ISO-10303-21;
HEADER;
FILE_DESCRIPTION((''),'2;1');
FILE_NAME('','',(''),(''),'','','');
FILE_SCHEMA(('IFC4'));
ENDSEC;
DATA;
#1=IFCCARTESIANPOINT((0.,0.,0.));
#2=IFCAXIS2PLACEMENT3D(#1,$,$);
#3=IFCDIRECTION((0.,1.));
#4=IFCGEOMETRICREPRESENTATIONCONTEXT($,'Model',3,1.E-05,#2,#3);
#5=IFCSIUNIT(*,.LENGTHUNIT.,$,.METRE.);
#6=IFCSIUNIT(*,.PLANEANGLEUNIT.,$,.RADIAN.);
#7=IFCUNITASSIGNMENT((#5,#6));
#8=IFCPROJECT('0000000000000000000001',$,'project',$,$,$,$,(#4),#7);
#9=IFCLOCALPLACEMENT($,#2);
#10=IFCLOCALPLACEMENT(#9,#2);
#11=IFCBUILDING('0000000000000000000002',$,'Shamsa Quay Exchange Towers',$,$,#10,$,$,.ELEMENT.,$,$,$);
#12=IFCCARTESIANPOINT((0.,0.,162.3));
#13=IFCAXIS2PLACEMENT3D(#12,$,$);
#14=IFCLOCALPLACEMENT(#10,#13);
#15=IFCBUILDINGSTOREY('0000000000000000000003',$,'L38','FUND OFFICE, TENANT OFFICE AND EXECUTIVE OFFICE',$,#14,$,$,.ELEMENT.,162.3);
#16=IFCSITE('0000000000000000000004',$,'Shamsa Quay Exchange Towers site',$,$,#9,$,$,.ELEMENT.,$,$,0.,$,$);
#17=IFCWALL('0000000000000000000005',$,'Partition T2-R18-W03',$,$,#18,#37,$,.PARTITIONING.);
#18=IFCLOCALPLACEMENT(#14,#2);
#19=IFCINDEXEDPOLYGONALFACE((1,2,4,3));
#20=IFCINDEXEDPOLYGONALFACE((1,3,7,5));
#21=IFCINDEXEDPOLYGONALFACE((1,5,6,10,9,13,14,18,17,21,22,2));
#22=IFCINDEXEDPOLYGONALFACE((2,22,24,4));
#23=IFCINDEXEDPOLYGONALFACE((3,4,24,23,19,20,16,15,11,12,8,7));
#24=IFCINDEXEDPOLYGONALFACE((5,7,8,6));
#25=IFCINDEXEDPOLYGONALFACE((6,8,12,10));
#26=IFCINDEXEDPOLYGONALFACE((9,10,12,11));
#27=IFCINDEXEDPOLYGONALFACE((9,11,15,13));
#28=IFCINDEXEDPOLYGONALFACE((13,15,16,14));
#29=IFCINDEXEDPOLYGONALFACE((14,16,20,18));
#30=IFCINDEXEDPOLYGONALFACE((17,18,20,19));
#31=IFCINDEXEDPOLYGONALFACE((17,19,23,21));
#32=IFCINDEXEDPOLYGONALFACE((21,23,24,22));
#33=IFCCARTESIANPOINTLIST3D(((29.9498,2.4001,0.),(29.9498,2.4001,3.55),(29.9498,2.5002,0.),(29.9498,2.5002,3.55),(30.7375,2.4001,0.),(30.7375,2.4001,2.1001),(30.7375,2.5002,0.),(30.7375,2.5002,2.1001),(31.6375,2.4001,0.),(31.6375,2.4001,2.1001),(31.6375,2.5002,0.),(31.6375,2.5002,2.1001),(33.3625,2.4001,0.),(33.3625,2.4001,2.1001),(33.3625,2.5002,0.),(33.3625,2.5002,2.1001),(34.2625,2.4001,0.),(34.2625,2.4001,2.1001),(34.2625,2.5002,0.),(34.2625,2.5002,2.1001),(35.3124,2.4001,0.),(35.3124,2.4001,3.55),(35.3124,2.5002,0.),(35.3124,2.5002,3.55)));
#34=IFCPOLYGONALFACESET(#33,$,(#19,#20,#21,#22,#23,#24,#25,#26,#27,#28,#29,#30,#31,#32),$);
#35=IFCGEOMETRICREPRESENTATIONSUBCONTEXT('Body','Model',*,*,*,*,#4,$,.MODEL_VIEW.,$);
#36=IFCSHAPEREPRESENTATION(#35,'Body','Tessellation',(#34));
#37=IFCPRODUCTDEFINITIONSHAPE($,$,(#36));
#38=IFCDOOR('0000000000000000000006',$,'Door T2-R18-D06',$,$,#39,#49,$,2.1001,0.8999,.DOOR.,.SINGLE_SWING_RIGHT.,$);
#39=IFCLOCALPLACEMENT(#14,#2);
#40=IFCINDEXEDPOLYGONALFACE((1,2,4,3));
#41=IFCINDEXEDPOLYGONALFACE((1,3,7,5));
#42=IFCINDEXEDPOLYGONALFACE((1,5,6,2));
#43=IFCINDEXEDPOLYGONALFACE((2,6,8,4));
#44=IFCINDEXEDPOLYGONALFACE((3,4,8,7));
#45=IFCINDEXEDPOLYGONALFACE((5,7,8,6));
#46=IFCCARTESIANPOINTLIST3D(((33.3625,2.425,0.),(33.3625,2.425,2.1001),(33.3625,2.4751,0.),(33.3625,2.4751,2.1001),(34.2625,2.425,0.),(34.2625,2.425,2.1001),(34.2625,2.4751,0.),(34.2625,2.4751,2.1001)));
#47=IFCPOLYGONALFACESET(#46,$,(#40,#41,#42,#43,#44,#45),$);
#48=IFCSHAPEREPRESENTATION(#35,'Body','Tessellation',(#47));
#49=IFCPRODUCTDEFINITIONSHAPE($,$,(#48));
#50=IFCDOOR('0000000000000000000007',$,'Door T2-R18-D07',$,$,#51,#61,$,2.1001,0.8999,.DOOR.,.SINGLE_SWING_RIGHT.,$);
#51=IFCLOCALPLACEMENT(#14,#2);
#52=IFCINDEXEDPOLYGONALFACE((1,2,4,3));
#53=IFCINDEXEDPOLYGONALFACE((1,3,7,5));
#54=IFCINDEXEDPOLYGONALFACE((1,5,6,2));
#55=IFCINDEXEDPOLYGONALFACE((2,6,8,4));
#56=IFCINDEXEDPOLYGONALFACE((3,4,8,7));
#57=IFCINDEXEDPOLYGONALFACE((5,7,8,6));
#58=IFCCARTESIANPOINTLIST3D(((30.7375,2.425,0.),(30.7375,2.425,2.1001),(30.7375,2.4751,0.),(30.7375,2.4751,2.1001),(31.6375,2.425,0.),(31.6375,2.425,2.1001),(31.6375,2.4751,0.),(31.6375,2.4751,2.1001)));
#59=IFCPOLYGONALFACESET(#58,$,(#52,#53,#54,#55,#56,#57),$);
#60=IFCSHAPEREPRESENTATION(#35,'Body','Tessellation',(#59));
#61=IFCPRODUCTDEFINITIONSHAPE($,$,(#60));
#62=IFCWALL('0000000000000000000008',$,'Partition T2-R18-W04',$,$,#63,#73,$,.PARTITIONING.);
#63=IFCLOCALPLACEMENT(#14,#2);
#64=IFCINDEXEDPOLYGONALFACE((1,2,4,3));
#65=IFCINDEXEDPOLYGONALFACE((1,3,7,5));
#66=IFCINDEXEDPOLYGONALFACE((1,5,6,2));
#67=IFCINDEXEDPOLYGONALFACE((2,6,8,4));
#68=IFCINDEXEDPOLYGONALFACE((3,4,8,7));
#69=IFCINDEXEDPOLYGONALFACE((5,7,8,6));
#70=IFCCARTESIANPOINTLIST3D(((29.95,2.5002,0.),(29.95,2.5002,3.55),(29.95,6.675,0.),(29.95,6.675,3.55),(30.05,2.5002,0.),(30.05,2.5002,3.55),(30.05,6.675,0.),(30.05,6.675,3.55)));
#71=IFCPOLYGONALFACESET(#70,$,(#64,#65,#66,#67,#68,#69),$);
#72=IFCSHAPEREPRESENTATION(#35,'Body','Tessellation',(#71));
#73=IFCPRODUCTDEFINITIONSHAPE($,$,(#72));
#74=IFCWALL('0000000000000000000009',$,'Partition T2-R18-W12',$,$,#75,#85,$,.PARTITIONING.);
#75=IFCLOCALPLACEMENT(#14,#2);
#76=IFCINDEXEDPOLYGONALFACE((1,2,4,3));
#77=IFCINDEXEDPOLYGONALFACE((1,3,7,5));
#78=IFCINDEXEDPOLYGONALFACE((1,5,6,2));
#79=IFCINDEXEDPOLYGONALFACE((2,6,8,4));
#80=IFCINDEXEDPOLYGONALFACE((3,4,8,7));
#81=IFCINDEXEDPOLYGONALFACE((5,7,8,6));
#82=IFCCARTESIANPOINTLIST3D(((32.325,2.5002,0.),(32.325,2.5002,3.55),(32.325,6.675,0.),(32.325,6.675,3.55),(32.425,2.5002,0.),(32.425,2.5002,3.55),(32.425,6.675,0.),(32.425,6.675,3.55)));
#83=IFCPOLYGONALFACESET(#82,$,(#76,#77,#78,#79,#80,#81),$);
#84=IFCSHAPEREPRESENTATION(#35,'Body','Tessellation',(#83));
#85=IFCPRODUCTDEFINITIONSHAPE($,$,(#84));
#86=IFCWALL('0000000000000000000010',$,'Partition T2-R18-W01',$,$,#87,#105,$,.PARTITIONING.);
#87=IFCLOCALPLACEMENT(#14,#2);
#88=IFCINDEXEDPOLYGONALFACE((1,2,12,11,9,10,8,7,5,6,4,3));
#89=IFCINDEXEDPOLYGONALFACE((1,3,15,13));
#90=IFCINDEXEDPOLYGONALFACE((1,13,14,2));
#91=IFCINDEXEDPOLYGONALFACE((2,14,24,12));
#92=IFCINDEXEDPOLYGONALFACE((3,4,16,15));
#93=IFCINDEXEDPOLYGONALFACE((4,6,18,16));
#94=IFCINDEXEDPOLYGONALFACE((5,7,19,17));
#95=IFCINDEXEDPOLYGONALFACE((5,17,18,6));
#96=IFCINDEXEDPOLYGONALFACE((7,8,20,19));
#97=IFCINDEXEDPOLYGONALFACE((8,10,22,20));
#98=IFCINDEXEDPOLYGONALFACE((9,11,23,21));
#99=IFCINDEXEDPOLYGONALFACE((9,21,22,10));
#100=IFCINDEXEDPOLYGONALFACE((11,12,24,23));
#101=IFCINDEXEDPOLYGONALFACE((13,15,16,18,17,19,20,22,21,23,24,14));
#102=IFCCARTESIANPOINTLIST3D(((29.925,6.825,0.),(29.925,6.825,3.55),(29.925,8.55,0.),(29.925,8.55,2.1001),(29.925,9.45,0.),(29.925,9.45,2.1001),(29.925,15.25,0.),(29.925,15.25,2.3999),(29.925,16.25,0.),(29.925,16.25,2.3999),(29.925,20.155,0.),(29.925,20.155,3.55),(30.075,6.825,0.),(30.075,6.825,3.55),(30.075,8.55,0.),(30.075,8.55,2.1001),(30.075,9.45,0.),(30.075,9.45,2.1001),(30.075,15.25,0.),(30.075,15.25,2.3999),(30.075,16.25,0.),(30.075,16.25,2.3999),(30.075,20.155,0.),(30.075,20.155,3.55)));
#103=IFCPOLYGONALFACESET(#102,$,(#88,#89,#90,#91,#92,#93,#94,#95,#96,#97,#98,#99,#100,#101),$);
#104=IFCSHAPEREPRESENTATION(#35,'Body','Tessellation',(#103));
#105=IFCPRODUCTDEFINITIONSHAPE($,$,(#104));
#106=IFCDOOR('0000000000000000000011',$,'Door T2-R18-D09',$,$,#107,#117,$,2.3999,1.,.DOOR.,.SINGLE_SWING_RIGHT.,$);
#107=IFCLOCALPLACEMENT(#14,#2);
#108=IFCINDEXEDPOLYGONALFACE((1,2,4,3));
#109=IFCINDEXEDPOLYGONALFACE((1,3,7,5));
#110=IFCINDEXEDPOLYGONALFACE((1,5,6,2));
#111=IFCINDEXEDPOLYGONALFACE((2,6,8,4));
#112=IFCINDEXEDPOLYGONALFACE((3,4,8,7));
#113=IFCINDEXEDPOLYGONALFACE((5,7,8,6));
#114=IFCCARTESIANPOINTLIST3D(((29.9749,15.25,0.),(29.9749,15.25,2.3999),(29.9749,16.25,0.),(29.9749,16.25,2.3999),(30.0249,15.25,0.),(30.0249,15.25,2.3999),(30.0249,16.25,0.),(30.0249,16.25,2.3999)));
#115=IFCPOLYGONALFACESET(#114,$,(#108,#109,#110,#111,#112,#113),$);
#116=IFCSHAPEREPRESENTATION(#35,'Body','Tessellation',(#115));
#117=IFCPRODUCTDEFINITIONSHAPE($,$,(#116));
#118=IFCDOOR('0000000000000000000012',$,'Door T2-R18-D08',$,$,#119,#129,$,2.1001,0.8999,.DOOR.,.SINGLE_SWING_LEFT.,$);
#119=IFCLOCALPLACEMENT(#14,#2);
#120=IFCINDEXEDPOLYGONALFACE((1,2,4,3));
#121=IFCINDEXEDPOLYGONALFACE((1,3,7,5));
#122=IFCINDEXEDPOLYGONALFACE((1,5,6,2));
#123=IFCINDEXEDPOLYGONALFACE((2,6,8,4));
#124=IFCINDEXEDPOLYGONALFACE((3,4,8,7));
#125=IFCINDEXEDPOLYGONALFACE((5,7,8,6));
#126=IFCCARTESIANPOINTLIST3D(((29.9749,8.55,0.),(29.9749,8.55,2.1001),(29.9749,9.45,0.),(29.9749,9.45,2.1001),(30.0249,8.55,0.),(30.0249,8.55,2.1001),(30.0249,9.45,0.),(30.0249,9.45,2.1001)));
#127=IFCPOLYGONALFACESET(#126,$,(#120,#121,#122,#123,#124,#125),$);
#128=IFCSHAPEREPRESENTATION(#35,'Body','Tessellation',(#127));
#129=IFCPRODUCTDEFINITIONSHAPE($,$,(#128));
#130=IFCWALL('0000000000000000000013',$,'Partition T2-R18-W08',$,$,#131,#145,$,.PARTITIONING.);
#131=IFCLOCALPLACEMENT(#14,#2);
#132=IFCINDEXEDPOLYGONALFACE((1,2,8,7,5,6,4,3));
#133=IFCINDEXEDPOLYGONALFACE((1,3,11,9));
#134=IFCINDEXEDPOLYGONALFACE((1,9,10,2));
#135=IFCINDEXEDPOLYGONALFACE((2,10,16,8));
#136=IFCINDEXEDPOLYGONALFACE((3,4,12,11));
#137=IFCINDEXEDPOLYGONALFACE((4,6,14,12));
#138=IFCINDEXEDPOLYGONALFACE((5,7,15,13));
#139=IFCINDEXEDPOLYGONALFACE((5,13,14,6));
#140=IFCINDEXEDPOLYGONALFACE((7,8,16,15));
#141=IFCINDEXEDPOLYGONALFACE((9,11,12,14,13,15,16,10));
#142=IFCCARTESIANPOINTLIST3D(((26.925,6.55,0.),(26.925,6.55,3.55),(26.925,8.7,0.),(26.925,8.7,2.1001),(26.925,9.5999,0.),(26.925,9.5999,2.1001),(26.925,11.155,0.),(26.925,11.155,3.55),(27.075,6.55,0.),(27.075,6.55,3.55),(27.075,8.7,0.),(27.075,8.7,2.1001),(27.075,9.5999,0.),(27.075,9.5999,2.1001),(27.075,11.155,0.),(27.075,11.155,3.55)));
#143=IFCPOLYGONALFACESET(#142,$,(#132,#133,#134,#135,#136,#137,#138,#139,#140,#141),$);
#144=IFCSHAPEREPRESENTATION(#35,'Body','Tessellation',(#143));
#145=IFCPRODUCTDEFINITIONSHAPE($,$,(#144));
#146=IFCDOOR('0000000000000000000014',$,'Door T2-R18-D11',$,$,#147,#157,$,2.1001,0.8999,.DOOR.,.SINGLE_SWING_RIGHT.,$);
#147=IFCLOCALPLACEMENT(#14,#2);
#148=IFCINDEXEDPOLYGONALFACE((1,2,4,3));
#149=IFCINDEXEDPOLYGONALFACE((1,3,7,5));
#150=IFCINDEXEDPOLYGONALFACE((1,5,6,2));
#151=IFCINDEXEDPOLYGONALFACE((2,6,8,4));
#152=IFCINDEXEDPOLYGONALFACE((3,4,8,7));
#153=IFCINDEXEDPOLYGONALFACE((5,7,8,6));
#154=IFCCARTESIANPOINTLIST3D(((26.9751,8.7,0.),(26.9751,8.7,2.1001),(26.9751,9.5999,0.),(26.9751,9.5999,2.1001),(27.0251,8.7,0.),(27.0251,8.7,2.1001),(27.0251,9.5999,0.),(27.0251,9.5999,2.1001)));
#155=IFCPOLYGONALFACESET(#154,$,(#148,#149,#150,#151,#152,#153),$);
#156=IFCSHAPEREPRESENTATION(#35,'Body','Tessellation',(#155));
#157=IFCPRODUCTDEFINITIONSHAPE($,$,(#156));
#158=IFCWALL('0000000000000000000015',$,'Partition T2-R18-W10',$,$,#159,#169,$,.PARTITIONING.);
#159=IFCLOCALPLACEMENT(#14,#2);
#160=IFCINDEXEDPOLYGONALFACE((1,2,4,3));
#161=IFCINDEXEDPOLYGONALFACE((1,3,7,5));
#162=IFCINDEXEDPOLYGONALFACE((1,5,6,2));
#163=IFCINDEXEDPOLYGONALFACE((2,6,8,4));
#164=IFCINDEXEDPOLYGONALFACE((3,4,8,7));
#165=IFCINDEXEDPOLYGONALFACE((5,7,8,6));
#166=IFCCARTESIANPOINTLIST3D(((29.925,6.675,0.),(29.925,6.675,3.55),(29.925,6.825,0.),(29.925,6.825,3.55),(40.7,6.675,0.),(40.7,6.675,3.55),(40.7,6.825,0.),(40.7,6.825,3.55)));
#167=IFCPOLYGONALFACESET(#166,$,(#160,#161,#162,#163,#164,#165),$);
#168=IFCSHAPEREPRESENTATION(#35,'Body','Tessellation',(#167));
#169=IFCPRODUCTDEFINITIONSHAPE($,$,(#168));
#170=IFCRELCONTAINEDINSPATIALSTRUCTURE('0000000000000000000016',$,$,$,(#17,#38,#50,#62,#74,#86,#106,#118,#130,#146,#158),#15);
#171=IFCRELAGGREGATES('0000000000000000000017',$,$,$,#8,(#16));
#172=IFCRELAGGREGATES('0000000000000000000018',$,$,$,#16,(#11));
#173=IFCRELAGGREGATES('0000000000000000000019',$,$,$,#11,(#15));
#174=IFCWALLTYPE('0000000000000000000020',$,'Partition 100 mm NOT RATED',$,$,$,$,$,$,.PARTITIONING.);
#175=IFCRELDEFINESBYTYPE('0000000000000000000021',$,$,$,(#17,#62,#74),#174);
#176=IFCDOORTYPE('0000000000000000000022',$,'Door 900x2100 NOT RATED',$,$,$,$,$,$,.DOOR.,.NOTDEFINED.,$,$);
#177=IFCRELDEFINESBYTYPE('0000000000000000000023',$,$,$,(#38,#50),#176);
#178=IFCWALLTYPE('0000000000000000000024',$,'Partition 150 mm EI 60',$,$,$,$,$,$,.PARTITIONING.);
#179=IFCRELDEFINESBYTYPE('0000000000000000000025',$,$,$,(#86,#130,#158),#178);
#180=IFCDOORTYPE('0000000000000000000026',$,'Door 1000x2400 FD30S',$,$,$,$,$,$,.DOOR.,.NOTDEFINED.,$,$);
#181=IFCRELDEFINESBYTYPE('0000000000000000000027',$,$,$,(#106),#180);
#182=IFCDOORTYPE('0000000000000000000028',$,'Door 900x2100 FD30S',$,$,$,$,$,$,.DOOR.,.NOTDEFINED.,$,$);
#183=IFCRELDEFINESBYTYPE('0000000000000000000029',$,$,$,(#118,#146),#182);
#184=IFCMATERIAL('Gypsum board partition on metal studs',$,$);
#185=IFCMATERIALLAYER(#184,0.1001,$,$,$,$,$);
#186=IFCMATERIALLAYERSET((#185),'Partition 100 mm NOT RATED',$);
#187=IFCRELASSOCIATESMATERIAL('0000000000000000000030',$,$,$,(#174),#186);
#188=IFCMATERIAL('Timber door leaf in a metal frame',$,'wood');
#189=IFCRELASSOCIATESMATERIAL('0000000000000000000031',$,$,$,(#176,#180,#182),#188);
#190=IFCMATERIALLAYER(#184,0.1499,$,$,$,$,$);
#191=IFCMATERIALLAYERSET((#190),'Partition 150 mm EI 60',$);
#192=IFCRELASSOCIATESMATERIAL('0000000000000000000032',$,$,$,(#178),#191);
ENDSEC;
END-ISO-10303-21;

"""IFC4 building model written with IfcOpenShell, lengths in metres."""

from ifc_helpers import new_model, si_unit, direction, frame, frame_2d, origin, place, context, subcontext, project, spatial, rectangle, extrude, material, layer, layer_set, type_object, element, fill, save


model = new_model("IFC4")

# Units and contexts
model_context = context("Model", 3, precision=1e-05, world=origin(), true_north=direction((0.0, 1.0)))
body_context = subcontext(model_context, "Body", "Model", "MODEL_VIEW")
ifc_project = project(units=[si_unit("LENGTHUNIT", "METRE"), si_unit("PLANEANGLEUNIT", "RADIAN")], contexts=[model_context])

# Site, building, storey
site_placement = place(None, origin())
site = spatial("IfcSite", under=ifc_project, at=site_placement, Name="Shamsa Quay Exchange Towers site", CompositionType="ELEMENT", RefElevation=0.0)
building_placement = place(site_placement, origin())
building = spatial("IfcBuilding", under=site, at=building_placement, Name="Shamsa Quay Exchange Towers", CompositionType="ELEMENT")
storey_placement = place(building_placement, frame((0.0, 0.0, 162.3)))
storey = spatial("IfcBuildingStorey", under=building, at=storey_placement, Name="L38", Description="FUND OFFICE, TENANT OFFICE AND EXECUTIVE OFFICE", CompositionType="ELEMENT", Elevation=162.3)

# Wall, openings, doors
ifc_material_1 = material(Name="Gypsum board partition on metal studs")
ifc_layer_1 = layer(ifc_material_1, 0.1001)
ifc_layer_set_1 = layer_set([ifc_layer_1], Name="Partition 100 mm NOT RATED")
wall_type_1 = type_object("IfcWallType", Name="Partition 100 mm NOT RATED", PredefinedType="PARTITIONING", material=ifc_layer_set_1)
wall_1_placement = place(storey_placement, frame((29.95, 2.4502, 0.0)))
wall_1 = element("IfcWall", 1, at=wall_1_placement, inside=storey, type_object=wall_type_1, Name="Partition T2-R18-W03", PredefinedType="PARTITIONING", context=body_context, shape_type="SweptSolid", body=[
    extrude(rectangle(XDim=5.3625, YDim=0.1001, at=frame_2d((2.6812, 0.0))), origin(), (0.0, 0.0, 1.0), 3.55),
])
opening_1_placement = place(wall_1_placement, frame((3.4126, 0.0, 0.0)))
opening_1 = element("IfcOpeningElement", 2, at=opening_1_placement, cuts=wall_1, PredefinedType="OPENING", context=body_context, shape_type="SweptSolid", body=[
    extrude(rectangle(XDim=0.8999, YDim=2.1001, at=frame_2d((0.45, 1.05))), frame((0.0, 0.0601, 0.0), z_axis=(0.0, -1.0, 0.0), x_axis=(1.0, 0.0, 0.0)), (0.0, 0.0, 1.0), 0.1201),
])
opening_2_placement = place(wall_1_placement, frame((0.7876, 0.0, 0.0)))
opening_2 = element("IfcOpeningElement", 3, at=opening_2_placement, cuts=wall_1, PredefinedType="OPENING", context=body_context, shape_type="SweptSolid", body=[
    extrude(rectangle(XDim=0.8999, YDim=2.1001, at=frame_2d((0.45, 1.05))), frame((0.0, 0.0601, 0.0), z_axis=(0.0, -1.0, 0.0), x_axis=(1.0, 0.0, 0.0)), (0.0, 0.0, 1.0), 0.1201),
])
ifc_material_2 = material(Name="Timber door leaf in a metal frame", Category="wood")
door_type_1 = type_object("IfcDoorType", Name="Door 900x2100 NOT RATED", OperationType="NOTDEFINED", PredefinedType="DOOR", material=ifc_material_2)
door_1_placement = place(opening_1_placement, origin())
door_1 = element("IfcDoor", 4, at=door_1_placement, inside=storey, type_object=door_type_1, Name="Door T2-R18-D06", OperationType="SINGLE_SWING_RIGHT", OverallHeight=2.1001, OverallWidth=0.8999, PredefinedType="DOOR", context=body_context, shape_type="SweptSolid", body=[
    extrude(rectangle(XDim=0.8999, YDim=2.1001, at=frame_2d((0.45, 1.05))), frame((0.0, 0.0249, 0.0), z_axis=(0.0, -1.0, 0.0), x_axis=(1.0, 0.0, 0.0)), (0.0, 0.0, 1.0), 0.05),
])
fill(opening_1, door_1)
door_2_placement = place(opening_2_placement, origin())
door_2 = element("IfcDoor", 5, at=door_2_placement, inside=storey, type_object=door_type_1, Name="Door T2-R18-D07", OperationType="SINGLE_SWING_RIGHT", OverallHeight=2.1001, OverallWidth=0.8999, PredefinedType="DOOR", context=body_context, shape_type="SweptSolid", body=[
    extrude(rectangle(XDim=0.8999, YDim=2.1001, at=frame_2d((0.45, 1.05))), frame((0.0, 0.0249, 0.0), z_axis=(0.0, -1.0, 0.0), x_axis=(1.0, 0.0, 0.0)), (0.0, 0.0, 1.0), 0.05),
])
fill(opening_2, door_2)

# Walls
for number, where, z_axis, x_axis, name in (
    (6, (30.0, 6.675, 0.0), (0.0, 0.0, 1.0), (0.0, -1.0, 0.0), "Partition T2-R18-W04"),
    (7, (32.375, 6.675, 0.0), (0.0, 0.0, 1.0), (0.0, -1.0, 0.0), "Partition T2-R18-W12"),
):
    element("IfcWall", number, at=place(storey_placement, frame(where, z_axis=z_axis, x_axis=x_axis)), inside=storey, type_object=wall_type_1, Name=name, PredefinedType="PARTITIONING", context=body_context, shape_type="SweptSolid", body=[
        extrude(rectangle(XDim=4.1748, YDim=0.1001, at=frame_2d((2.0874, 0.0))), origin(), (0.0, 0.0, 1.0), 3.55),
    ])

# Wall, openings, doors
ifc_layer_2 = layer(ifc_material_1, 0.1499)
ifc_layer_set_2 = layer_set([ifc_layer_2], Name="Partition 150 mm EI 60")
wall_type_2 = type_object("IfcWallType", Name="Partition 150 mm EI 60", PredefinedType="PARTITIONING", material=ifc_layer_set_2)
wall_2_placement = place(storey_placement, frame((30.0, 20.155, 0.0), z_axis=(0.0, 0.0, 1.0), x_axis=(0.0, -1.0, 0.0)))
wall_2 = element("IfcWall", 8, at=wall_2_placement, inside=storey, type_object=wall_type_2, Name="Partition T2-R18-W01", PredefinedType="PARTITIONING", context=body_context, shape_type="SweptSolid", body=[
    extrude(rectangle(XDim=13.3301, YDim=0.1499, at=frame_2d((6.665, 0.0))), origin(), (0.0, 0.0, 1.0), 3.55),
])
opening_3_placement = place(wall_2_placement, frame((10.7051, 0.0, 0.0)))
opening_3 = element("IfcOpeningElement", 9, at=opening_3_placement, cuts=wall_2, PredefinedType="OPENING", context=body_context, shape_type="SweptSolid", body=[
    extrude(rectangle(XDim=0.8999, YDim=2.1001, at=frame_2d((0.45, 1.05))), frame((0.0, 0.085, 0.0), z_axis=(0.0, -1.0, 0.0), x_axis=(1.0, 0.0, 0.0)), (0.0, 0.0, 1.0), 0.1699),
])
opening_4_placement = place(wall_2_placement, frame((3.905, 0.0, 0.0)))
opening_4 = element("IfcOpeningElement", 10, at=opening_4_placement, cuts=wall_2, PredefinedType="OPENING", context=body_context, shape_type="SweptSolid", body=[
    extrude(rectangle(XDim=1.0, YDim=2.3999, at=frame_2d((0.5, 1.2))), frame((0.0, 0.085, 0.0), z_axis=(0.0, -1.0, 0.0), x_axis=(1.0, 0.0, 0.0)), (0.0, 0.0, 1.0), 0.1699),
])
door_type_2 = type_object("IfcDoorType", Name="Door 1000x2400 FD30S", OperationType="NOTDEFINED", PredefinedType="DOOR", material=ifc_material_2)
door_3_placement = place(opening_4_placement, origin())
door_3 = element("IfcDoor", 11, at=door_3_placement, inside=storey, type_object=door_type_2, Name="Door T2-R18-D09", OperationType="SINGLE_SWING_RIGHT", OverallHeight=2.3999, OverallWidth=1.0, PredefinedType="DOOR", context=body_context, shape_type="SweptSolid", body=[
    extrude(rectangle(XDim=1.0, YDim=2.3999, at=frame_2d((0.5, 1.2))), frame((0.0, 0.0249, 0.0), z_axis=(0.0, -1.0, 0.0), x_axis=(1.0, 0.0, 0.0)), (0.0, 0.0, 1.0), 0.05),
])
fill(opening_4, door_3)
door_type_3 = type_object("IfcDoorType", Name="Door 900x2100 FD30S", OperationType="NOTDEFINED", PredefinedType="DOOR", material=ifc_material_2)
door_4_placement = place(opening_3_placement, origin())
door_4 = element("IfcDoor", 12, at=door_4_placement, inside=storey, type_object=door_type_3, Name="Door T2-R18-D08", OperationType="SINGLE_SWING_LEFT", OverallHeight=2.1001, OverallWidth=0.8999, PredefinedType="DOOR", context=body_context, shape_type="SweptSolid", body=[
    extrude(rectangle(XDim=0.8999, YDim=2.1001, at=frame_2d((0.45, 1.05))), frame((0.0, 0.0249, 0.0), z_axis=(0.0, -1.0, 0.0), x_axis=(1.0, 0.0, 0.0)), (0.0, 0.0, 1.0), 0.05),
])
fill(opening_3, door_4)

# Wall, opening, door
wall_3_placement = place(storey_placement, frame((27.0, 6.55, 0.0), z_axis=(0.0, 0.0, 1.0), x_axis=(0.0, 1.0, 0.0)))
wall_3 = element("IfcWall", 13, at=wall_3_placement, inside=storey, type_object=wall_type_2, Name="Partition T2-R18-W08", PredefinedType="PARTITIONING", context=body_context, shape_type="SweptSolid", body=[
    extrude(rectangle(XDim=4.605, YDim=0.1499, at=frame_2d((2.3025, 0.0))), origin(), (0.0, 0.0, 1.0), 3.55),
])
opening_5_placement = place(wall_3_placement, frame((2.1499, 0.0, 0.0)))
opening_5 = element("IfcOpeningElement", 14, at=opening_5_placement, cuts=wall_3, PredefinedType="OPENING", context=body_context, shape_type="SweptSolid", body=[
    extrude(rectangle(XDim=0.8999, YDim=2.1001, at=frame_2d((0.45, 1.05))), frame((0.0, 0.085, 0.0), z_axis=(0.0, -1.0, 0.0), x_axis=(1.0, 0.0, 0.0)), (0.0, 0.0, 1.0), 0.1699),
])
door_5_placement = place(opening_5_placement, origin())
door_5 = element("IfcDoor", 15, at=door_5_placement, inside=storey, type_object=door_type_3, Name="Door T2-R18-D11", OperationType="SINGLE_SWING_RIGHT", OverallHeight=2.1001, OverallWidth=0.8999, PredefinedType="DOOR", context=body_context, shape_type="SweptSolid", body=[
    extrude(rectangle(XDim=0.8999, YDim=2.1001, at=frame_2d((0.45, 1.05))), frame((0.0, 0.0249, 0.0), z_axis=(0.0, -1.0, 0.0), x_axis=(1.0, 0.0, 0.0)), (0.0, 0.0, 1.0), 0.05),
])
fill(opening_5, door_5)

# Wall
wall_4_placement = place(storey_placement, frame((29.925, 6.75, 0.0)))
element("IfcWall", 16, at=wall_4_placement, inside=storey, type_object=wall_type_2, Name="Partition T2-R18-W10", PredefinedType="PARTITIONING", context=body_context, shape_type="SweptSolid", body=[
    extrude(rectangle(XDim=10.7749, YDim=0.1499, at=frame_2d((5.3875, 0.0))), origin(), (0.0, 0.0, 1.0), 3.55),
])

save(model, "model.ifc")
